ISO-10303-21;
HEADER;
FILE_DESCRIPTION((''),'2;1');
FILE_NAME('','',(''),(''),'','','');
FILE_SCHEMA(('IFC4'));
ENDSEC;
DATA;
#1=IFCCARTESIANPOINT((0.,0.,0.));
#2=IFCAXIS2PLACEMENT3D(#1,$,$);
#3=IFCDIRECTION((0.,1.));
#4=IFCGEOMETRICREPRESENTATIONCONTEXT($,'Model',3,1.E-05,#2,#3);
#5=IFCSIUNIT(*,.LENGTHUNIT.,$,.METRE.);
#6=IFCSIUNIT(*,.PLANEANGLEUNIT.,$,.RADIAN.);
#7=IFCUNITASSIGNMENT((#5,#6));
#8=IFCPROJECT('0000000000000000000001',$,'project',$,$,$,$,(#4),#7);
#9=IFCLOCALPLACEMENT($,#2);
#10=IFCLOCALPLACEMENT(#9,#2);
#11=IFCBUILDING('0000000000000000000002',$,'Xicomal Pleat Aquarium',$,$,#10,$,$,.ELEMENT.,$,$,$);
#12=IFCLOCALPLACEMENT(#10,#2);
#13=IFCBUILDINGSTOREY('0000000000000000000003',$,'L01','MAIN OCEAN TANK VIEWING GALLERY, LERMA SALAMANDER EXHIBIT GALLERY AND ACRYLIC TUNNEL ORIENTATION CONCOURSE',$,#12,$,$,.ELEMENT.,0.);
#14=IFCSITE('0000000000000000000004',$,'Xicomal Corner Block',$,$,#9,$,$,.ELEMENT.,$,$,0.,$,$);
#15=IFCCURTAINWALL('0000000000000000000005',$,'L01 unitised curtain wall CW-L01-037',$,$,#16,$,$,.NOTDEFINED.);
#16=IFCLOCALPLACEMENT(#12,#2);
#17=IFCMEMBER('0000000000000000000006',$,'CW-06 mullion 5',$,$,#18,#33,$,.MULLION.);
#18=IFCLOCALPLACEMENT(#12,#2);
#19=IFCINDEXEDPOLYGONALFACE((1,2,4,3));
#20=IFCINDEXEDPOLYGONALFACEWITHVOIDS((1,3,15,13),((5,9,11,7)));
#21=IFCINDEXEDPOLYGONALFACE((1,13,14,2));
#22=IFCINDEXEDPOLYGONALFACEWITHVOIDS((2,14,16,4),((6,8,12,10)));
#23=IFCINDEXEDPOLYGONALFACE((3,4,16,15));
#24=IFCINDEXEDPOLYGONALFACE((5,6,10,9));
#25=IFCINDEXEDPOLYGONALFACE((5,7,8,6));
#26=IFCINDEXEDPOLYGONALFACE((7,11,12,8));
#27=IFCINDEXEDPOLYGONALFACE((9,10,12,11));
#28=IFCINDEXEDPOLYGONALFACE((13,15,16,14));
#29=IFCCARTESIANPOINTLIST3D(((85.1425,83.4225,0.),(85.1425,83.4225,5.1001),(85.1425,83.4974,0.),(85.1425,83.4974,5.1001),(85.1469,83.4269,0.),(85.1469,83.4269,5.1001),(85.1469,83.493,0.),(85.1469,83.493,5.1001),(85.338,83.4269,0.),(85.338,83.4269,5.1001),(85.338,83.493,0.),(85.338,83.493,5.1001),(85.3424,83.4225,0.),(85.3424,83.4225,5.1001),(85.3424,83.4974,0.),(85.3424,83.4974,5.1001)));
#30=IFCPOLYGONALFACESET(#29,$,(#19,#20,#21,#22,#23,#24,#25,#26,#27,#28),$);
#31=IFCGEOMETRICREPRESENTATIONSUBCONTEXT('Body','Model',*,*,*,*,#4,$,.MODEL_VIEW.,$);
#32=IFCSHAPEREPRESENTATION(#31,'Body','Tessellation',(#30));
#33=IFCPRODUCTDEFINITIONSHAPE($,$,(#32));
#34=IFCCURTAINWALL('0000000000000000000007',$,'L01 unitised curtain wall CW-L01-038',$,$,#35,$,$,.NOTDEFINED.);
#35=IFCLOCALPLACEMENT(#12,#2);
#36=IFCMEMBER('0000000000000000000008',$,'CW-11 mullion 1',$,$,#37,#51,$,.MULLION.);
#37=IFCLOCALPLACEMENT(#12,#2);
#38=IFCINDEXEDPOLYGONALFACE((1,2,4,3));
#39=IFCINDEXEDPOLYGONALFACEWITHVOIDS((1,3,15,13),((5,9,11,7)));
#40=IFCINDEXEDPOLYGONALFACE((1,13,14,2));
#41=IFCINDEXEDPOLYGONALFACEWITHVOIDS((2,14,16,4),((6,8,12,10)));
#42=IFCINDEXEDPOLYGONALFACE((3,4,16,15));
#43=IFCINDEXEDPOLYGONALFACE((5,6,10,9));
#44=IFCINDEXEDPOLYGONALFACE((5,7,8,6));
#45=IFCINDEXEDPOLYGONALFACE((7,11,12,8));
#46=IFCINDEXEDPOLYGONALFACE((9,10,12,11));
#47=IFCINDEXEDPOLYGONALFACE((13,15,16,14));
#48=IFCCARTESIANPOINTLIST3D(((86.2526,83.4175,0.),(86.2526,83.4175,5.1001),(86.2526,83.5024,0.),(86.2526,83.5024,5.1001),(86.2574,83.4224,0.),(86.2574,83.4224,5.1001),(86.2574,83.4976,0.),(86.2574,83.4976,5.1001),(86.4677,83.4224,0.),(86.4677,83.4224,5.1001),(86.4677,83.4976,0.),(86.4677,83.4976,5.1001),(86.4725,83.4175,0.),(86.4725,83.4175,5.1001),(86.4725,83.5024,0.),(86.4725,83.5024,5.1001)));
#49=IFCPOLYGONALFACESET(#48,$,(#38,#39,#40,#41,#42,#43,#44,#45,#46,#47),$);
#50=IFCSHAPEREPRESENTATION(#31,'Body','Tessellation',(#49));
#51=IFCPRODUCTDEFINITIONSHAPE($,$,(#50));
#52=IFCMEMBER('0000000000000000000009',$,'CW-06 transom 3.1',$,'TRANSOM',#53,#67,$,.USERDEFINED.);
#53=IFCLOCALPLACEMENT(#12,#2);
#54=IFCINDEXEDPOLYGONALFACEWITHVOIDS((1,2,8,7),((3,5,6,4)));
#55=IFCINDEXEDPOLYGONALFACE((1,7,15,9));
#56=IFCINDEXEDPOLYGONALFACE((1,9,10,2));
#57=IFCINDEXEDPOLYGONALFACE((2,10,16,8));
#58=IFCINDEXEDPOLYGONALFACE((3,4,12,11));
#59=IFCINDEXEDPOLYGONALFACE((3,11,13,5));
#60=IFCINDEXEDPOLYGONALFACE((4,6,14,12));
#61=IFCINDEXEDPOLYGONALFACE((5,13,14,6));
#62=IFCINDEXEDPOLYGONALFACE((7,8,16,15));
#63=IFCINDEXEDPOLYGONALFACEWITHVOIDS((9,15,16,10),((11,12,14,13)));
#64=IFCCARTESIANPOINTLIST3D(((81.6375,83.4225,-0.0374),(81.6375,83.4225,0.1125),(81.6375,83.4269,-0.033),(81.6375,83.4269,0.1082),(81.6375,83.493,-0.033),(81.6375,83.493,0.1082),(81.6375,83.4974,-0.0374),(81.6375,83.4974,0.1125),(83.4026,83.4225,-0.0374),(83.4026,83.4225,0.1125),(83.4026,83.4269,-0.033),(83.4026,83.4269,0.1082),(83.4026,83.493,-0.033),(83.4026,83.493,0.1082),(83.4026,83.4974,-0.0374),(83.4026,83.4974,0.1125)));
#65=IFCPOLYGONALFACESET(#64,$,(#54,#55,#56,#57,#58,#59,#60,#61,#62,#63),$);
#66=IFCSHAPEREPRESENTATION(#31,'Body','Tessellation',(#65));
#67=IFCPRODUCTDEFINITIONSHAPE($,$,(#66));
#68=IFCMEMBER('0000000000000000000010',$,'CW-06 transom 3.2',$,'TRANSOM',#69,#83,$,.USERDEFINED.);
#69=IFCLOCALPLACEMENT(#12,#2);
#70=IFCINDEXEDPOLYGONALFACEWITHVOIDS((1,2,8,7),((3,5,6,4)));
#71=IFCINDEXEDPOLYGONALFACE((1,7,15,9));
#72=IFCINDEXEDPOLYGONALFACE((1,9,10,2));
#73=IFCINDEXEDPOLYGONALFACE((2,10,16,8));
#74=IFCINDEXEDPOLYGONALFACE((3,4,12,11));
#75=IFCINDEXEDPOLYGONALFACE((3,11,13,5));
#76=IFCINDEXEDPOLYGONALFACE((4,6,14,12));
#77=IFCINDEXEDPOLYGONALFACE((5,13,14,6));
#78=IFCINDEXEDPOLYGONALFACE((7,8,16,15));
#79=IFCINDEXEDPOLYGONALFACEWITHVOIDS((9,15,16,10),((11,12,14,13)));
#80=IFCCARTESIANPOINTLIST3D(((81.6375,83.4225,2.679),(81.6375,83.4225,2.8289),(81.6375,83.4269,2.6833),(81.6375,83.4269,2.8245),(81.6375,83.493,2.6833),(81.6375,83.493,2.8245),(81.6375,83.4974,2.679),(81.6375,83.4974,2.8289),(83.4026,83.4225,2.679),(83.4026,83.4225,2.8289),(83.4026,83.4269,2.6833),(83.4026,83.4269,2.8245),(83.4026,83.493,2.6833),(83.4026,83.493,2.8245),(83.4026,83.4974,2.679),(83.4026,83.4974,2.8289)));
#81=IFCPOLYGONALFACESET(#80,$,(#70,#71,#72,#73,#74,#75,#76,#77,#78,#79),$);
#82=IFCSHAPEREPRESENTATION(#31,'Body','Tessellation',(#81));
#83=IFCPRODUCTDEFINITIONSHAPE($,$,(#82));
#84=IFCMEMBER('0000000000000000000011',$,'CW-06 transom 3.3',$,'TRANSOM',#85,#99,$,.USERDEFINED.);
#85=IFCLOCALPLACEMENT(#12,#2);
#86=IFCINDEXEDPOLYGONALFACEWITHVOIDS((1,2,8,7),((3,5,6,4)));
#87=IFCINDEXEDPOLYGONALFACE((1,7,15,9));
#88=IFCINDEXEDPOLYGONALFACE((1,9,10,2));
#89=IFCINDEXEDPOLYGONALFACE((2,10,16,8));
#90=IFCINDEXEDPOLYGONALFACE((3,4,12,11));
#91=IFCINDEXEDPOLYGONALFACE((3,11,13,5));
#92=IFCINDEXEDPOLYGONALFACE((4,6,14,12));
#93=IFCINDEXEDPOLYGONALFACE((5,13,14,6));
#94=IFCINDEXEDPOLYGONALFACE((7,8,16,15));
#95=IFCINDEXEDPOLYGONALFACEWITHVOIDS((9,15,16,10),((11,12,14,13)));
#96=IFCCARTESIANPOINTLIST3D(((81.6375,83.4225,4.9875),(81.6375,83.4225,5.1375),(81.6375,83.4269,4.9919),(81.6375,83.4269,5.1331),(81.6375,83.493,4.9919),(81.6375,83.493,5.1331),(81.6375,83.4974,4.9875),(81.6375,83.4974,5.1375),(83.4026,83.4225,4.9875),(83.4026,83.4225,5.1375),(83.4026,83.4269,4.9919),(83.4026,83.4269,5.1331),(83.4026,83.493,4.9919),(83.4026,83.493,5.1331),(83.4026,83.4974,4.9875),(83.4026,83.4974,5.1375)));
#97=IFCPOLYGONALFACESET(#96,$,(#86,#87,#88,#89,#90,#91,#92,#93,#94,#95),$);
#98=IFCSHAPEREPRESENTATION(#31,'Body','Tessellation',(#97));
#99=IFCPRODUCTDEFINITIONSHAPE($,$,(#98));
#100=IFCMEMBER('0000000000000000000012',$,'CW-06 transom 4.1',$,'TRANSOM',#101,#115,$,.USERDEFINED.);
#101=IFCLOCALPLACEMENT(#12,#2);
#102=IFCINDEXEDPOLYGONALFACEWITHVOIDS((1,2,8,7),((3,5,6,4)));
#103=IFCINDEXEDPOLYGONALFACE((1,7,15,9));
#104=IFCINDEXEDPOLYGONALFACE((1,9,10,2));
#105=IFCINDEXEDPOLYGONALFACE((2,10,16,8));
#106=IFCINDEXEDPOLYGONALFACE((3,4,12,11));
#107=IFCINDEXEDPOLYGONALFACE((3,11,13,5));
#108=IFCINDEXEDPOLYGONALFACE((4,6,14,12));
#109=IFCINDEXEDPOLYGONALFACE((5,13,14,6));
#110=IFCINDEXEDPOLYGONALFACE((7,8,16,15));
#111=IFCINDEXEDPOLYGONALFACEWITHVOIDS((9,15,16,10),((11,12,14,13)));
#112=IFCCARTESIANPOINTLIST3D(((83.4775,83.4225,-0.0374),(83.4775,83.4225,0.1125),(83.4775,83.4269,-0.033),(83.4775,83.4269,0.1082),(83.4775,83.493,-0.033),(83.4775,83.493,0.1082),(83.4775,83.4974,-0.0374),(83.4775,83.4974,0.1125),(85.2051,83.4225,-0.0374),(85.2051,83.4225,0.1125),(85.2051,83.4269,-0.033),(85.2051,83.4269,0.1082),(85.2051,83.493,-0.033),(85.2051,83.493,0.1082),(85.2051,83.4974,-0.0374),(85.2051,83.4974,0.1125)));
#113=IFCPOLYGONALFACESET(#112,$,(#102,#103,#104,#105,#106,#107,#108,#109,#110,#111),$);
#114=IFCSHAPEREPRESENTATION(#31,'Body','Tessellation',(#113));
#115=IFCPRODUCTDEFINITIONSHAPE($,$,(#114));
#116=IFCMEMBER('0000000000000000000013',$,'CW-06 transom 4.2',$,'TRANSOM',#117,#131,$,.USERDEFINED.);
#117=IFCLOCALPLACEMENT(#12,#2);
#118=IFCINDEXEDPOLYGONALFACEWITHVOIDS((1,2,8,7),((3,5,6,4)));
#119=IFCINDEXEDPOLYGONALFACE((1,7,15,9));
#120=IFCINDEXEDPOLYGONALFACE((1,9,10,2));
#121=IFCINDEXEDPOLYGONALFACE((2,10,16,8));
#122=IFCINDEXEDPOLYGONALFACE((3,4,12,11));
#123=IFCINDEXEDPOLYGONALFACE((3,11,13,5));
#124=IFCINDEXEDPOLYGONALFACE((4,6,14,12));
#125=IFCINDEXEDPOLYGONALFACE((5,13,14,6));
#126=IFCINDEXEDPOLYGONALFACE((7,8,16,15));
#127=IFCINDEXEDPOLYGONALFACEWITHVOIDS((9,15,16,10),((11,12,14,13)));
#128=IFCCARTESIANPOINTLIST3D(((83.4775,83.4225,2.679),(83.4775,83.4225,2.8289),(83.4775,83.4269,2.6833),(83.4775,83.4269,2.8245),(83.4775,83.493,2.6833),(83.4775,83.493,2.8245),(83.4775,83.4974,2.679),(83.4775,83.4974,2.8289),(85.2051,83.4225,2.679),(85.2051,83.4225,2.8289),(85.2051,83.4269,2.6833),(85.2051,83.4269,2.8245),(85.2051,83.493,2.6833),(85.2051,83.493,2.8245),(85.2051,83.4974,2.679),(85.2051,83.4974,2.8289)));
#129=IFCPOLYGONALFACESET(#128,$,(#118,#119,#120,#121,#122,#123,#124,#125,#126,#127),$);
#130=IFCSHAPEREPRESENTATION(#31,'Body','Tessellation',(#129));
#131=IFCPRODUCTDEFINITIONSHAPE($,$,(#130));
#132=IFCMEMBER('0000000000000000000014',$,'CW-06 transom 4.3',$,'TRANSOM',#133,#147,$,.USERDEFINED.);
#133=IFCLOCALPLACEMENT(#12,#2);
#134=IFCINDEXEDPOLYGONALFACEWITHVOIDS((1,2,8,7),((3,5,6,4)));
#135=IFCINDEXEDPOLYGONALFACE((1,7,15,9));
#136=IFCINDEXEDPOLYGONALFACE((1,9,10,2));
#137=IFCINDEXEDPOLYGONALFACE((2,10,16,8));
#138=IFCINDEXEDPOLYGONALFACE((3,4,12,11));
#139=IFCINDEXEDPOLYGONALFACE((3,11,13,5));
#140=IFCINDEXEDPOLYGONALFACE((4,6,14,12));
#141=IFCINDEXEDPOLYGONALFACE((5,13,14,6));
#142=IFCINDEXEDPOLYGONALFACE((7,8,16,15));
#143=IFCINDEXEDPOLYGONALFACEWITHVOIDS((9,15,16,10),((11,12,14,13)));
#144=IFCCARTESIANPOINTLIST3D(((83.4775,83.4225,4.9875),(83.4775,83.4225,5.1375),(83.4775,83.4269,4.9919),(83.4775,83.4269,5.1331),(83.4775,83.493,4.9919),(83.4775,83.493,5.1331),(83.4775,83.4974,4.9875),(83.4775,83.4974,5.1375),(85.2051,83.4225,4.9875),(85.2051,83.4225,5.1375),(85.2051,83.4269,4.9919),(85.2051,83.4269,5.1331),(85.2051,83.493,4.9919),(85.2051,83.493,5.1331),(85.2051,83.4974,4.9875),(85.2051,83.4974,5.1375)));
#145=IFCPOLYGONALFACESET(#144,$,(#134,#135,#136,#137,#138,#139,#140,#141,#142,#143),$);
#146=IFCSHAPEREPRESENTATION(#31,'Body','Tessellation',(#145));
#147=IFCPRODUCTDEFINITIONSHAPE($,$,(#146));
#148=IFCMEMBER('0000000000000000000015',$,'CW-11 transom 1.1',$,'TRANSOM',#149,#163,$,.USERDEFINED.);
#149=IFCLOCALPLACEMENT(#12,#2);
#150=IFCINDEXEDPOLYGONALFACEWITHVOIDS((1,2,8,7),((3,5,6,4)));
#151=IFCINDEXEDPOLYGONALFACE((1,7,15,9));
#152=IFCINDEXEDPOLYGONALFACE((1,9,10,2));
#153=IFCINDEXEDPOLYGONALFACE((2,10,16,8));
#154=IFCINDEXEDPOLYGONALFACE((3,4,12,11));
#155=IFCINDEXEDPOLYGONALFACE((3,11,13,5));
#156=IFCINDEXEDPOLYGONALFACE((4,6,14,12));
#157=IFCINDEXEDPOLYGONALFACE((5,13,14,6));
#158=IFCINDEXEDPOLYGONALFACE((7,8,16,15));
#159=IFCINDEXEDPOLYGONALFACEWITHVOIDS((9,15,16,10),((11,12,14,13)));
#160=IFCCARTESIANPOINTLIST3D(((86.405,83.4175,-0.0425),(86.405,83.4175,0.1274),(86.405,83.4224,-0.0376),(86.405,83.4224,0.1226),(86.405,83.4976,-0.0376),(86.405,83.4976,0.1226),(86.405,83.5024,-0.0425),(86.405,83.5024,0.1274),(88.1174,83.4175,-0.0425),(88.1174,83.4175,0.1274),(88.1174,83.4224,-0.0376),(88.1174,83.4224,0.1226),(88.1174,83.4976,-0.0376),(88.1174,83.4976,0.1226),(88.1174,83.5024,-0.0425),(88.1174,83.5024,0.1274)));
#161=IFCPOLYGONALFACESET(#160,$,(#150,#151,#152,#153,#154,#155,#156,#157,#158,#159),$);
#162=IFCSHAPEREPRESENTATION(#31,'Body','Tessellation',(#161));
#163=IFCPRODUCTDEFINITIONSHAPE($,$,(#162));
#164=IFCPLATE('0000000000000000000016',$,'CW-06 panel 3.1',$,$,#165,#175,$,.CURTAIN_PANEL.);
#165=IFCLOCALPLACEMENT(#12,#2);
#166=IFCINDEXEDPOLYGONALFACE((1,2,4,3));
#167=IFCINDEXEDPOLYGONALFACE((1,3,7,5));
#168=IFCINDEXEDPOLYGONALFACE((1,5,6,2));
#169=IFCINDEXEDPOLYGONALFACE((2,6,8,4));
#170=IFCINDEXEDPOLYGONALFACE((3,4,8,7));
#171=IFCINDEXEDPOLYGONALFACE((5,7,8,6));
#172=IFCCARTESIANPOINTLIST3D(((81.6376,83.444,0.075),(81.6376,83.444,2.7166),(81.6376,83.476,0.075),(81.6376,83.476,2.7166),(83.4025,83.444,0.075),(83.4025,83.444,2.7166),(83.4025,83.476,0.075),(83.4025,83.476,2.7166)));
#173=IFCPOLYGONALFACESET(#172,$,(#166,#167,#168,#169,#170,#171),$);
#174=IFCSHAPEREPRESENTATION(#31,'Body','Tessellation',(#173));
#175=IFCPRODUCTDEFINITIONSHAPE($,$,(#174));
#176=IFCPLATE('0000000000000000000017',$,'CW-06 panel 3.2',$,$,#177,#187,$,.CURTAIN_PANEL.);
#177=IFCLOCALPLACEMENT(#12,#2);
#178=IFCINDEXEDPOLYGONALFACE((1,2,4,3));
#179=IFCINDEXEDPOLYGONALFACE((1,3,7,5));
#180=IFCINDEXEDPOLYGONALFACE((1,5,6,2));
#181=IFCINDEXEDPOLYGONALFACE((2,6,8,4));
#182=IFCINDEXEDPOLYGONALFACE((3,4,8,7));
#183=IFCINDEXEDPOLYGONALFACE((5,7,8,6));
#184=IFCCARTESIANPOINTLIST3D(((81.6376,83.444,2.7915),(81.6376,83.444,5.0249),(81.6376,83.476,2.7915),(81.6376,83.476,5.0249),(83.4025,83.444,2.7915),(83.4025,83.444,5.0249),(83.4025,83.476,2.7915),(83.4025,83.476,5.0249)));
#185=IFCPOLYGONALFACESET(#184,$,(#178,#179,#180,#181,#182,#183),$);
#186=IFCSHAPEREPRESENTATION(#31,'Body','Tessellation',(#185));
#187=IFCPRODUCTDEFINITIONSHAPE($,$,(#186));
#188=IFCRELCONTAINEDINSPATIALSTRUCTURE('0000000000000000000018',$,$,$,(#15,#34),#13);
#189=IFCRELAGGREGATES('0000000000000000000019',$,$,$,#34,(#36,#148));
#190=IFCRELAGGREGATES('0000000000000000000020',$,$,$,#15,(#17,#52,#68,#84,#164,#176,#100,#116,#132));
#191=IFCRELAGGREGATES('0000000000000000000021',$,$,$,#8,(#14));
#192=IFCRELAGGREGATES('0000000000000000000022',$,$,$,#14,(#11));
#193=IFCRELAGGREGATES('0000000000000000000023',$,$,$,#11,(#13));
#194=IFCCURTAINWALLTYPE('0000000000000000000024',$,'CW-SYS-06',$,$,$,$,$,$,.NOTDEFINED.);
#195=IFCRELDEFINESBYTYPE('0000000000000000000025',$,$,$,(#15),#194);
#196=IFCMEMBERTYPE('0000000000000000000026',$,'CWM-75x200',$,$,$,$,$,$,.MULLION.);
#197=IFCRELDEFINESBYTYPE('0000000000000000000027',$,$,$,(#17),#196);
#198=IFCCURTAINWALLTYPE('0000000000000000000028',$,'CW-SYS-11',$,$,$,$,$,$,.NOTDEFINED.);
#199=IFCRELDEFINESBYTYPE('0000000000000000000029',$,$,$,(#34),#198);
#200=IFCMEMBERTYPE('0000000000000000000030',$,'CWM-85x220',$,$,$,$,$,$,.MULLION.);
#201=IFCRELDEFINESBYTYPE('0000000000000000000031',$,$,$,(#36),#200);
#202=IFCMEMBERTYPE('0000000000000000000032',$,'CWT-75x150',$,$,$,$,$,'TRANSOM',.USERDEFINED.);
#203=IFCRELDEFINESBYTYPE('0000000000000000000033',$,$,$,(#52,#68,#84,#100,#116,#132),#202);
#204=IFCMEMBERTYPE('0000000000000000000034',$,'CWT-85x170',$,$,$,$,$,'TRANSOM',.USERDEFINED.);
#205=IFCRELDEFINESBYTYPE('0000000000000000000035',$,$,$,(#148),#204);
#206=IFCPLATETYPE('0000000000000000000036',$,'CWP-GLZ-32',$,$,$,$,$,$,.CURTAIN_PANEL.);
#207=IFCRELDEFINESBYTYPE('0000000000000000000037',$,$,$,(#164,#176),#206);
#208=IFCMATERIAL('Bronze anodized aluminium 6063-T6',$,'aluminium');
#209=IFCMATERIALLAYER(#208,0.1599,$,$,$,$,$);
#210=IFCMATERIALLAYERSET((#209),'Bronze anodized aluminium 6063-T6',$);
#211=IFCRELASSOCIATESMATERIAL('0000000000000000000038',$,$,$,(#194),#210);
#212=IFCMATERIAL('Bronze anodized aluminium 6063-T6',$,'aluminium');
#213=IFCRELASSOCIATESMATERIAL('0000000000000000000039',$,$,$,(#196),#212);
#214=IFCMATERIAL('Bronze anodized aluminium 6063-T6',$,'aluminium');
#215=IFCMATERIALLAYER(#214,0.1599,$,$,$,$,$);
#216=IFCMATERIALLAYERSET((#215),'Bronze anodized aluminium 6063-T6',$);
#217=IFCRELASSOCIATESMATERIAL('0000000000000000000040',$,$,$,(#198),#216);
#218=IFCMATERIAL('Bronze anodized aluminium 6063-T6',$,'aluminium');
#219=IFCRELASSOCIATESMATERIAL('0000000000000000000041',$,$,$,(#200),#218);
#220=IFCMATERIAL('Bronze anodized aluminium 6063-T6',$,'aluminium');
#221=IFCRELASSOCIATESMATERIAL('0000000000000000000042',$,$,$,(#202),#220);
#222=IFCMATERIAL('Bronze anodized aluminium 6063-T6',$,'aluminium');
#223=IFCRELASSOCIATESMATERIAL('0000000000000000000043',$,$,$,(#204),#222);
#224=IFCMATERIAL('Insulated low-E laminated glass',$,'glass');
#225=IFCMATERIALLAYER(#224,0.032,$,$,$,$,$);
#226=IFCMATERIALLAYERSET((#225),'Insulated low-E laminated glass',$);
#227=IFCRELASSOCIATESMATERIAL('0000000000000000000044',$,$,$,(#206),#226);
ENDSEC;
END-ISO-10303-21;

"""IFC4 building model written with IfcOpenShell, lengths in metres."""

from ifc_helpers import new_model, si_unit, direction, frame, origin, origin_2d, place, context, subcontext, project, spatial, rectangle, hollow_rectangle, extrude, material, layer, layer_set, material_profile, profile_set, type_object, element, aggregate, save


model = new_model("IFC4")

# Units and contexts
model_context = context("Model", 3, precision=1e-05, world=origin(), true_north=direction((0.0, 1.0)))
body_context = subcontext(model_context, "Body", "Model", "MODEL_VIEW")
ifc_project = project(units=[si_unit("LENGTHUNIT", "METRE"), si_unit("PLANEANGLEUNIT", "RADIAN")], contexts=[model_context])

# Site, building, storey
site_placement = place(None, origin())
site = spatial("IfcSite", under=ifc_project, at=site_placement, Name="Xicomal Corner Block", CompositionType="ELEMENT", RefElevation=0.0)
building_placement = place(site_placement, origin())
building = spatial("IfcBuilding", under=site, at=building_placement, Name="Xicomal Pleat Aquarium", CompositionType="ELEMENT")
storey_placement = place(building_placement, origin())
storey = spatial("IfcBuildingStorey", under=building, at=storey_placement, Name="L01", Description="MAIN OCEAN TANK VIEWING GALLERY, LERMA SALAMANDER EXHIBIT GALLERY AND ACRYLIC TUNNEL ORIENTATION CONCOURSE", CompositionType="ELEMENT", Elevation=0.0)

# Curtain wall, member
ifc_material_1 = material(Name="Bronze anodized aluminium 6063-T6", Category="aluminium")
ifc_layer_1 = layer(ifc_material_1, 0.1599)
ifc_layer_set_1 = layer_set([ifc_layer_1], Name="Bronze anodized aluminium 6063-T6")
curtain_wall_type_1 = type_object("IfcCurtainWallType", Name="CW-SYS-06", PredefinedType="NOTDEFINED", material=ifc_layer_set_1)
curtain_wall_1_placement = place(storey_placement, origin())
curtain_wall_1 = element("IfcCurtainWall", 1, at=curtain_wall_1_placement, inside=storey, type_object=curtain_wall_type_1, Name="L01 unitised curtain wall CW-L01-037", PredefinedType="NOTDEFINED")
ifc_material_2 = material(Name="Bronze anodized aluminium 6063-T6", Category="aluminium")
ifc_material_profile_1 = material_profile(ifc_material_2, hollow_rectangle(XDim=0.075, YDim=0.2, WallThickness=0.0044, at=origin_2d()), Name="ALU MULL 75x200")
ifc_profile_set_1 = profile_set([ifc_material_profile_1], Name="Bronze anodized aluminium 6063-T6")
member_type_1 = type_object("IfcMemberType", Name="CWM-75x200", PredefinedType="MULLION", material=ifc_profile_set_1)
member_1_placement = place(storey_placement, frame((85.2424, 83.46, 0.0), z_axis=(0.0, 0.0, 1.0), x_axis=(0.0, 1.0, 0.0)))
member_1 = element("IfcMember", 2, at=member_1_placement, type_object=member_type_1, Name="CW-06 mullion 5", PredefinedType="MULLION", context=body_context, shape_type="SweptSolid", body=[
    extrude(hollow_rectangle(XDim=0.075, YDim=0.2, WallThickness=0.0044, at=origin_2d()), origin(), (0.0, 0.0, 1.0), 5.1001),
])

# Curtain wall, member
ifc_material_3 = material(Name="Bronze anodized aluminium 6063-T6", Category="aluminium")
ifc_layer_2 = layer(ifc_material_3, 0.1599)
ifc_layer_set_2 = layer_set([ifc_layer_2], Name="Bronze anodized aluminium 6063-T6")
curtain_wall_type_2 = type_object("IfcCurtainWallType", Name="CW-SYS-11", PredefinedType="NOTDEFINED", material=ifc_layer_set_2)
curtain_wall_2_placement = place(storey_placement, origin())
curtain_wall_2 = element("IfcCurtainWall", 3, at=curtain_wall_2_placement, inside=storey, type_object=curtain_wall_type_2, Name="L01 unitised curtain wall CW-L01-038", PredefinedType="NOTDEFINED")
ifc_material_4 = material(Name="Bronze anodized aluminium 6063-T6", Category="aluminium")
ifc_material_profile_2 = material_profile(ifc_material_4, hollow_rectangle(XDim=0.085, YDim=0.22, WallThickness=0.0049, at=origin_2d()), Name="ALU MULL 85x220")
ifc_profile_set_2 = profile_set([ifc_material_profile_2], Name="Bronze anodized aluminium 6063-T6")
member_type_2 = type_object("IfcMemberType", Name="CWM-85x220", PredefinedType="MULLION", material=ifc_profile_set_2)
member_2_placement = place(storey_placement, frame((86.3625, 83.46, 0.0), z_axis=(0.0, 0.0, 1.0), x_axis=(0.0, 1.0, 0.0)))
member_2 = element("IfcMember", 4, at=member_2_placement, type_object=member_type_2, Name="CW-11 mullion 1", PredefinedType="MULLION", context=body_context, shape_type="SweptSolid", body=[
    extrude(hollow_rectangle(XDim=0.085, YDim=0.22, WallThickness=0.0049, at=origin_2d()), origin(), (0.0, 0.0, 1.0), 5.1001),
])

# Members
ifc_material_5 = material(Name="Bronze anodized aluminium 6063-T6", Category="aluminium")
ifc_material_profile_3 = material_profile(ifc_material_5, hollow_rectangle(XDim=0.075, YDim=0.1499, WallThickness=0.0044, at=origin_2d()), Name="ALU TRAN 75x150")
ifc_profile_set_3 = profile_set([ifc_material_profile_3], Name="Bronze anodized aluminium 6063-T6")
member_type_3 = type_object("IfcMemberType", Name="CWT-75x150", ElementType="TRANSOM", PredefinedType="USERDEFINED", material=ifc_profile_set_3)
member_3_placement = place(storey_placement, frame((81.6375, 83.46, 0.0376), z_axis=(1.0, 0.0, 0.0), x_axis=(0.0, 1.0, 0.0)))
member_3 = element("IfcMember", 5, at=member_3_placement, type_object=member_type_3, Name="CW-06 transom 3.1", ObjectType="TRANSOM", PredefinedType="USERDEFINED", context=body_context, shape_type="SweptSolid", body=[
    extrude(hollow_rectangle(XDim=0.075, YDim=0.1499, WallThickness=0.0044, at=origin_2d()), origin(), (0.0, 0.0, 1.0), 1.7651),
])
member_4_placement = place(storey_placement, frame((81.6375, 83.46, 2.7539), z_axis=(1.0, 0.0, 0.0), x_axis=(0.0, 1.0, 0.0)))
member_4 = element("IfcMember", 6, at=member_4_placement, type_object=member_type_3, Name="CW-06 transom 3.2", ObjectType="TRANSOM", PredefinedType="USERDEFINED", context=body_context, shape_type="SweptSolid", body=[
    extrude(hollow_rectangle(XDim=0.075, YDim=0.1499, WallThickness=0.0044, at=origin_2d()), origin(), (0.0, 0.0, 1.0), 1.7651),
])
member_5_placement = place(storey_placement, frame((81.6375, 83.46, 5.0625), z_axis=(1.0, 0.0, 0.0), x_axis=(0.0, 1.0, 0.0)))
member_5 = element("IfcMember", 7, at=member_5_placement, type_object=member_type_3, Name="CW-06 transom 3.3", ObjectType="TRANSOM", PredefinedType="USERDEFINED", context=body_context, shape_type="SweptSolid", body=[
    extrude(hollow_rectangle(XDim=0.075, YDim=0.1499, WallThickness=0.0044, at=origin_2d()), origin(), (0.0, 0.0, 1.0), 1.7651),
])
member_6_placement = place(storey_placement, frame((83.4775, 83.46, 0.0376), z_axis=(1.0, 0.0, 0.0), x_axis=(0.0, 1.0, 0.0)))
member_6 = element("IfcMember", 8, at=member_6_placement, type_object=member_type_3, Name="CW-06 transom 4.1", ObjectType="TRANSOM", PredefinedType="USERDEFINED", context=body_context, shape_type="SweptSolid", body=[
    extrude(hollow_rectangle(XDim=0.075, YDim=0.1499, WallThickness=0.0044, at=origin_2d()), origin(), (0.0, 0.0, 1.0), 1.7275),
])
member_7_placement = place(storey_placement, frame((83.4775, 83.46, 2.7539), z_axis=(1.0, 0.0, 0.0), x_axis=(0.0, 1.0, 0.0)))
member_7 = element("IfcMember", 9, at=member_7_placement, type_object=member_type_3, Name="CW-06 transom 4.2", ObjectType="TRANSOM", PredefinedType="USERDEFINED", context=body_context, shape_type="SweptSolid", body=[
    extrude(hollow_rectangle(XDim=0.075, YDim=0.1499, WallThickness=0.0044, at=origin_2d()), origin(), (0.0, 0.0, 1.0), 1.7275),
])
member_8_placement = place(storey_placement, frame((83.4775, 83.46, 5.0625), z_axis=(1.0, 0.0, 0.0), x_axis=(0.0, 1.0, 0.0)))
member_8 = element("IfcMember", 10, at=member_8_placement, type_object=member_type_3, Name="CW-06 transom 4.3", ObjectType="TRANSOM", PredefinedType="USERDEFINED", context=body_context, shape_type="SweptSolid", body=[
    extrude(hollow_rectangle(XDim=0.075, YDim=0.1499, WallThickness=0.0044, at=origin_2d()), origin(), (0.0, 0.0, 1.0), 1.7275),
])
ifc_material_6 = material(Name="Bronze anodized aluminium 6063-T6", Category="aluminium")
ifc_material_profile_4 = material_profile(ifc_material_6, hollow_rectangle(XDim=0.085, YDim=0.1699, WallThickness=0.0049, at=origin_2d()), Name="ALU TRAN 85x170")
ifc_profile_set_4 = profile_set([ifc_material_profile_4], Name="Bronze anodized aluminium 6063-T6")
member_type_4 = type_object("IfcMemberType", Name="CWT-85x170", ElementType="TRANSOM", PredefinedType="USERDEFINED", material=ifc_profile_set_4)
member_9_placement = place(storey_placement, frame((86.405, 83.46, 0.0425), z_axis=(1.0, 0.0, 0.0), x_axis=(0.0, 1.0, 0.0)))
member_9 = element("IfcMember", 11, at=member_9_placement, type_object=member_type_4, Name="CW-11 transom 1.1", ObjectType="TRANSOM", PredefinedType="USERDEFINED", context=body_context, shape_type="SweptSolid", body=[
    extrude(hollow_rectangle(XDim=0.085, YDim=0.1699, WallThickness=0.0049, at=origin_2d()), origin(), (0.0, 0.0, 1.0), 1.7124),
])
aggregate(curtain_wall_2, [member_2, member_9])

# Plates
ifc_material_7 = material(Name="Insulated low-E laminated glass", Category="glass")
ifc_layer_3 = layer(ifc_material_7, 0.032)
ifc_layer_set_3 = layer_set([ifc_layer_3], Name="Insulated low-E laminated glass")
plate_type = type_object("IfcPlateType", Name="CWP-GLZ-32", PredefinedType="CURTAIN_PANEL", material=ifc_layer_set_3)
plate_1_placement = place(storey_placement, frame((82.52, 83.46, 0.075), z_axis=(0.0, 0.0, 1.0), x_axis=(1.0, 0.0, 0.0)))
plate_1 = element("IfcPlate", 12, at=plate_1_placement, type_object=plate_type, Name="CW-06 panel 3.1", PredefinedType="CURTAIN_PANEL", context=body_context, shape_type="SweptSolid", body=[
    extrude(rectangle(XDim=1.7649, YDim=0.032, at=origin_2d()), origin(), (0.0, 0.0, 1.0), 2.6416),
])
plate_2_placement = place(storey_placement, frame((82.52, 83.46, 2.7915), z_axis=(0.0, 0.0, 1.0), x_axis=(1.0, 0.0, 0.0)))
plate_2 = element("IfcPlate", 13, at=plate_2_placement, type_object=plate_type, Name="CW-06 panel 3.2", PredefinedType="CURTAIN_PANEL", context=body_context, shape_type="SweptSolid", body=[
    extrude(rectangle(XDim=1.7649, YDim=0.032, at=origin_2d()), origin(), (0.0, 0.0, 1.0), 2.2334),
])
aggregate(curtain_wall_1, [member_1, member_3, member_4, member_5, plate_1, plate_2, member_6, member_7, member_8])

save(model, "model.ifc")
